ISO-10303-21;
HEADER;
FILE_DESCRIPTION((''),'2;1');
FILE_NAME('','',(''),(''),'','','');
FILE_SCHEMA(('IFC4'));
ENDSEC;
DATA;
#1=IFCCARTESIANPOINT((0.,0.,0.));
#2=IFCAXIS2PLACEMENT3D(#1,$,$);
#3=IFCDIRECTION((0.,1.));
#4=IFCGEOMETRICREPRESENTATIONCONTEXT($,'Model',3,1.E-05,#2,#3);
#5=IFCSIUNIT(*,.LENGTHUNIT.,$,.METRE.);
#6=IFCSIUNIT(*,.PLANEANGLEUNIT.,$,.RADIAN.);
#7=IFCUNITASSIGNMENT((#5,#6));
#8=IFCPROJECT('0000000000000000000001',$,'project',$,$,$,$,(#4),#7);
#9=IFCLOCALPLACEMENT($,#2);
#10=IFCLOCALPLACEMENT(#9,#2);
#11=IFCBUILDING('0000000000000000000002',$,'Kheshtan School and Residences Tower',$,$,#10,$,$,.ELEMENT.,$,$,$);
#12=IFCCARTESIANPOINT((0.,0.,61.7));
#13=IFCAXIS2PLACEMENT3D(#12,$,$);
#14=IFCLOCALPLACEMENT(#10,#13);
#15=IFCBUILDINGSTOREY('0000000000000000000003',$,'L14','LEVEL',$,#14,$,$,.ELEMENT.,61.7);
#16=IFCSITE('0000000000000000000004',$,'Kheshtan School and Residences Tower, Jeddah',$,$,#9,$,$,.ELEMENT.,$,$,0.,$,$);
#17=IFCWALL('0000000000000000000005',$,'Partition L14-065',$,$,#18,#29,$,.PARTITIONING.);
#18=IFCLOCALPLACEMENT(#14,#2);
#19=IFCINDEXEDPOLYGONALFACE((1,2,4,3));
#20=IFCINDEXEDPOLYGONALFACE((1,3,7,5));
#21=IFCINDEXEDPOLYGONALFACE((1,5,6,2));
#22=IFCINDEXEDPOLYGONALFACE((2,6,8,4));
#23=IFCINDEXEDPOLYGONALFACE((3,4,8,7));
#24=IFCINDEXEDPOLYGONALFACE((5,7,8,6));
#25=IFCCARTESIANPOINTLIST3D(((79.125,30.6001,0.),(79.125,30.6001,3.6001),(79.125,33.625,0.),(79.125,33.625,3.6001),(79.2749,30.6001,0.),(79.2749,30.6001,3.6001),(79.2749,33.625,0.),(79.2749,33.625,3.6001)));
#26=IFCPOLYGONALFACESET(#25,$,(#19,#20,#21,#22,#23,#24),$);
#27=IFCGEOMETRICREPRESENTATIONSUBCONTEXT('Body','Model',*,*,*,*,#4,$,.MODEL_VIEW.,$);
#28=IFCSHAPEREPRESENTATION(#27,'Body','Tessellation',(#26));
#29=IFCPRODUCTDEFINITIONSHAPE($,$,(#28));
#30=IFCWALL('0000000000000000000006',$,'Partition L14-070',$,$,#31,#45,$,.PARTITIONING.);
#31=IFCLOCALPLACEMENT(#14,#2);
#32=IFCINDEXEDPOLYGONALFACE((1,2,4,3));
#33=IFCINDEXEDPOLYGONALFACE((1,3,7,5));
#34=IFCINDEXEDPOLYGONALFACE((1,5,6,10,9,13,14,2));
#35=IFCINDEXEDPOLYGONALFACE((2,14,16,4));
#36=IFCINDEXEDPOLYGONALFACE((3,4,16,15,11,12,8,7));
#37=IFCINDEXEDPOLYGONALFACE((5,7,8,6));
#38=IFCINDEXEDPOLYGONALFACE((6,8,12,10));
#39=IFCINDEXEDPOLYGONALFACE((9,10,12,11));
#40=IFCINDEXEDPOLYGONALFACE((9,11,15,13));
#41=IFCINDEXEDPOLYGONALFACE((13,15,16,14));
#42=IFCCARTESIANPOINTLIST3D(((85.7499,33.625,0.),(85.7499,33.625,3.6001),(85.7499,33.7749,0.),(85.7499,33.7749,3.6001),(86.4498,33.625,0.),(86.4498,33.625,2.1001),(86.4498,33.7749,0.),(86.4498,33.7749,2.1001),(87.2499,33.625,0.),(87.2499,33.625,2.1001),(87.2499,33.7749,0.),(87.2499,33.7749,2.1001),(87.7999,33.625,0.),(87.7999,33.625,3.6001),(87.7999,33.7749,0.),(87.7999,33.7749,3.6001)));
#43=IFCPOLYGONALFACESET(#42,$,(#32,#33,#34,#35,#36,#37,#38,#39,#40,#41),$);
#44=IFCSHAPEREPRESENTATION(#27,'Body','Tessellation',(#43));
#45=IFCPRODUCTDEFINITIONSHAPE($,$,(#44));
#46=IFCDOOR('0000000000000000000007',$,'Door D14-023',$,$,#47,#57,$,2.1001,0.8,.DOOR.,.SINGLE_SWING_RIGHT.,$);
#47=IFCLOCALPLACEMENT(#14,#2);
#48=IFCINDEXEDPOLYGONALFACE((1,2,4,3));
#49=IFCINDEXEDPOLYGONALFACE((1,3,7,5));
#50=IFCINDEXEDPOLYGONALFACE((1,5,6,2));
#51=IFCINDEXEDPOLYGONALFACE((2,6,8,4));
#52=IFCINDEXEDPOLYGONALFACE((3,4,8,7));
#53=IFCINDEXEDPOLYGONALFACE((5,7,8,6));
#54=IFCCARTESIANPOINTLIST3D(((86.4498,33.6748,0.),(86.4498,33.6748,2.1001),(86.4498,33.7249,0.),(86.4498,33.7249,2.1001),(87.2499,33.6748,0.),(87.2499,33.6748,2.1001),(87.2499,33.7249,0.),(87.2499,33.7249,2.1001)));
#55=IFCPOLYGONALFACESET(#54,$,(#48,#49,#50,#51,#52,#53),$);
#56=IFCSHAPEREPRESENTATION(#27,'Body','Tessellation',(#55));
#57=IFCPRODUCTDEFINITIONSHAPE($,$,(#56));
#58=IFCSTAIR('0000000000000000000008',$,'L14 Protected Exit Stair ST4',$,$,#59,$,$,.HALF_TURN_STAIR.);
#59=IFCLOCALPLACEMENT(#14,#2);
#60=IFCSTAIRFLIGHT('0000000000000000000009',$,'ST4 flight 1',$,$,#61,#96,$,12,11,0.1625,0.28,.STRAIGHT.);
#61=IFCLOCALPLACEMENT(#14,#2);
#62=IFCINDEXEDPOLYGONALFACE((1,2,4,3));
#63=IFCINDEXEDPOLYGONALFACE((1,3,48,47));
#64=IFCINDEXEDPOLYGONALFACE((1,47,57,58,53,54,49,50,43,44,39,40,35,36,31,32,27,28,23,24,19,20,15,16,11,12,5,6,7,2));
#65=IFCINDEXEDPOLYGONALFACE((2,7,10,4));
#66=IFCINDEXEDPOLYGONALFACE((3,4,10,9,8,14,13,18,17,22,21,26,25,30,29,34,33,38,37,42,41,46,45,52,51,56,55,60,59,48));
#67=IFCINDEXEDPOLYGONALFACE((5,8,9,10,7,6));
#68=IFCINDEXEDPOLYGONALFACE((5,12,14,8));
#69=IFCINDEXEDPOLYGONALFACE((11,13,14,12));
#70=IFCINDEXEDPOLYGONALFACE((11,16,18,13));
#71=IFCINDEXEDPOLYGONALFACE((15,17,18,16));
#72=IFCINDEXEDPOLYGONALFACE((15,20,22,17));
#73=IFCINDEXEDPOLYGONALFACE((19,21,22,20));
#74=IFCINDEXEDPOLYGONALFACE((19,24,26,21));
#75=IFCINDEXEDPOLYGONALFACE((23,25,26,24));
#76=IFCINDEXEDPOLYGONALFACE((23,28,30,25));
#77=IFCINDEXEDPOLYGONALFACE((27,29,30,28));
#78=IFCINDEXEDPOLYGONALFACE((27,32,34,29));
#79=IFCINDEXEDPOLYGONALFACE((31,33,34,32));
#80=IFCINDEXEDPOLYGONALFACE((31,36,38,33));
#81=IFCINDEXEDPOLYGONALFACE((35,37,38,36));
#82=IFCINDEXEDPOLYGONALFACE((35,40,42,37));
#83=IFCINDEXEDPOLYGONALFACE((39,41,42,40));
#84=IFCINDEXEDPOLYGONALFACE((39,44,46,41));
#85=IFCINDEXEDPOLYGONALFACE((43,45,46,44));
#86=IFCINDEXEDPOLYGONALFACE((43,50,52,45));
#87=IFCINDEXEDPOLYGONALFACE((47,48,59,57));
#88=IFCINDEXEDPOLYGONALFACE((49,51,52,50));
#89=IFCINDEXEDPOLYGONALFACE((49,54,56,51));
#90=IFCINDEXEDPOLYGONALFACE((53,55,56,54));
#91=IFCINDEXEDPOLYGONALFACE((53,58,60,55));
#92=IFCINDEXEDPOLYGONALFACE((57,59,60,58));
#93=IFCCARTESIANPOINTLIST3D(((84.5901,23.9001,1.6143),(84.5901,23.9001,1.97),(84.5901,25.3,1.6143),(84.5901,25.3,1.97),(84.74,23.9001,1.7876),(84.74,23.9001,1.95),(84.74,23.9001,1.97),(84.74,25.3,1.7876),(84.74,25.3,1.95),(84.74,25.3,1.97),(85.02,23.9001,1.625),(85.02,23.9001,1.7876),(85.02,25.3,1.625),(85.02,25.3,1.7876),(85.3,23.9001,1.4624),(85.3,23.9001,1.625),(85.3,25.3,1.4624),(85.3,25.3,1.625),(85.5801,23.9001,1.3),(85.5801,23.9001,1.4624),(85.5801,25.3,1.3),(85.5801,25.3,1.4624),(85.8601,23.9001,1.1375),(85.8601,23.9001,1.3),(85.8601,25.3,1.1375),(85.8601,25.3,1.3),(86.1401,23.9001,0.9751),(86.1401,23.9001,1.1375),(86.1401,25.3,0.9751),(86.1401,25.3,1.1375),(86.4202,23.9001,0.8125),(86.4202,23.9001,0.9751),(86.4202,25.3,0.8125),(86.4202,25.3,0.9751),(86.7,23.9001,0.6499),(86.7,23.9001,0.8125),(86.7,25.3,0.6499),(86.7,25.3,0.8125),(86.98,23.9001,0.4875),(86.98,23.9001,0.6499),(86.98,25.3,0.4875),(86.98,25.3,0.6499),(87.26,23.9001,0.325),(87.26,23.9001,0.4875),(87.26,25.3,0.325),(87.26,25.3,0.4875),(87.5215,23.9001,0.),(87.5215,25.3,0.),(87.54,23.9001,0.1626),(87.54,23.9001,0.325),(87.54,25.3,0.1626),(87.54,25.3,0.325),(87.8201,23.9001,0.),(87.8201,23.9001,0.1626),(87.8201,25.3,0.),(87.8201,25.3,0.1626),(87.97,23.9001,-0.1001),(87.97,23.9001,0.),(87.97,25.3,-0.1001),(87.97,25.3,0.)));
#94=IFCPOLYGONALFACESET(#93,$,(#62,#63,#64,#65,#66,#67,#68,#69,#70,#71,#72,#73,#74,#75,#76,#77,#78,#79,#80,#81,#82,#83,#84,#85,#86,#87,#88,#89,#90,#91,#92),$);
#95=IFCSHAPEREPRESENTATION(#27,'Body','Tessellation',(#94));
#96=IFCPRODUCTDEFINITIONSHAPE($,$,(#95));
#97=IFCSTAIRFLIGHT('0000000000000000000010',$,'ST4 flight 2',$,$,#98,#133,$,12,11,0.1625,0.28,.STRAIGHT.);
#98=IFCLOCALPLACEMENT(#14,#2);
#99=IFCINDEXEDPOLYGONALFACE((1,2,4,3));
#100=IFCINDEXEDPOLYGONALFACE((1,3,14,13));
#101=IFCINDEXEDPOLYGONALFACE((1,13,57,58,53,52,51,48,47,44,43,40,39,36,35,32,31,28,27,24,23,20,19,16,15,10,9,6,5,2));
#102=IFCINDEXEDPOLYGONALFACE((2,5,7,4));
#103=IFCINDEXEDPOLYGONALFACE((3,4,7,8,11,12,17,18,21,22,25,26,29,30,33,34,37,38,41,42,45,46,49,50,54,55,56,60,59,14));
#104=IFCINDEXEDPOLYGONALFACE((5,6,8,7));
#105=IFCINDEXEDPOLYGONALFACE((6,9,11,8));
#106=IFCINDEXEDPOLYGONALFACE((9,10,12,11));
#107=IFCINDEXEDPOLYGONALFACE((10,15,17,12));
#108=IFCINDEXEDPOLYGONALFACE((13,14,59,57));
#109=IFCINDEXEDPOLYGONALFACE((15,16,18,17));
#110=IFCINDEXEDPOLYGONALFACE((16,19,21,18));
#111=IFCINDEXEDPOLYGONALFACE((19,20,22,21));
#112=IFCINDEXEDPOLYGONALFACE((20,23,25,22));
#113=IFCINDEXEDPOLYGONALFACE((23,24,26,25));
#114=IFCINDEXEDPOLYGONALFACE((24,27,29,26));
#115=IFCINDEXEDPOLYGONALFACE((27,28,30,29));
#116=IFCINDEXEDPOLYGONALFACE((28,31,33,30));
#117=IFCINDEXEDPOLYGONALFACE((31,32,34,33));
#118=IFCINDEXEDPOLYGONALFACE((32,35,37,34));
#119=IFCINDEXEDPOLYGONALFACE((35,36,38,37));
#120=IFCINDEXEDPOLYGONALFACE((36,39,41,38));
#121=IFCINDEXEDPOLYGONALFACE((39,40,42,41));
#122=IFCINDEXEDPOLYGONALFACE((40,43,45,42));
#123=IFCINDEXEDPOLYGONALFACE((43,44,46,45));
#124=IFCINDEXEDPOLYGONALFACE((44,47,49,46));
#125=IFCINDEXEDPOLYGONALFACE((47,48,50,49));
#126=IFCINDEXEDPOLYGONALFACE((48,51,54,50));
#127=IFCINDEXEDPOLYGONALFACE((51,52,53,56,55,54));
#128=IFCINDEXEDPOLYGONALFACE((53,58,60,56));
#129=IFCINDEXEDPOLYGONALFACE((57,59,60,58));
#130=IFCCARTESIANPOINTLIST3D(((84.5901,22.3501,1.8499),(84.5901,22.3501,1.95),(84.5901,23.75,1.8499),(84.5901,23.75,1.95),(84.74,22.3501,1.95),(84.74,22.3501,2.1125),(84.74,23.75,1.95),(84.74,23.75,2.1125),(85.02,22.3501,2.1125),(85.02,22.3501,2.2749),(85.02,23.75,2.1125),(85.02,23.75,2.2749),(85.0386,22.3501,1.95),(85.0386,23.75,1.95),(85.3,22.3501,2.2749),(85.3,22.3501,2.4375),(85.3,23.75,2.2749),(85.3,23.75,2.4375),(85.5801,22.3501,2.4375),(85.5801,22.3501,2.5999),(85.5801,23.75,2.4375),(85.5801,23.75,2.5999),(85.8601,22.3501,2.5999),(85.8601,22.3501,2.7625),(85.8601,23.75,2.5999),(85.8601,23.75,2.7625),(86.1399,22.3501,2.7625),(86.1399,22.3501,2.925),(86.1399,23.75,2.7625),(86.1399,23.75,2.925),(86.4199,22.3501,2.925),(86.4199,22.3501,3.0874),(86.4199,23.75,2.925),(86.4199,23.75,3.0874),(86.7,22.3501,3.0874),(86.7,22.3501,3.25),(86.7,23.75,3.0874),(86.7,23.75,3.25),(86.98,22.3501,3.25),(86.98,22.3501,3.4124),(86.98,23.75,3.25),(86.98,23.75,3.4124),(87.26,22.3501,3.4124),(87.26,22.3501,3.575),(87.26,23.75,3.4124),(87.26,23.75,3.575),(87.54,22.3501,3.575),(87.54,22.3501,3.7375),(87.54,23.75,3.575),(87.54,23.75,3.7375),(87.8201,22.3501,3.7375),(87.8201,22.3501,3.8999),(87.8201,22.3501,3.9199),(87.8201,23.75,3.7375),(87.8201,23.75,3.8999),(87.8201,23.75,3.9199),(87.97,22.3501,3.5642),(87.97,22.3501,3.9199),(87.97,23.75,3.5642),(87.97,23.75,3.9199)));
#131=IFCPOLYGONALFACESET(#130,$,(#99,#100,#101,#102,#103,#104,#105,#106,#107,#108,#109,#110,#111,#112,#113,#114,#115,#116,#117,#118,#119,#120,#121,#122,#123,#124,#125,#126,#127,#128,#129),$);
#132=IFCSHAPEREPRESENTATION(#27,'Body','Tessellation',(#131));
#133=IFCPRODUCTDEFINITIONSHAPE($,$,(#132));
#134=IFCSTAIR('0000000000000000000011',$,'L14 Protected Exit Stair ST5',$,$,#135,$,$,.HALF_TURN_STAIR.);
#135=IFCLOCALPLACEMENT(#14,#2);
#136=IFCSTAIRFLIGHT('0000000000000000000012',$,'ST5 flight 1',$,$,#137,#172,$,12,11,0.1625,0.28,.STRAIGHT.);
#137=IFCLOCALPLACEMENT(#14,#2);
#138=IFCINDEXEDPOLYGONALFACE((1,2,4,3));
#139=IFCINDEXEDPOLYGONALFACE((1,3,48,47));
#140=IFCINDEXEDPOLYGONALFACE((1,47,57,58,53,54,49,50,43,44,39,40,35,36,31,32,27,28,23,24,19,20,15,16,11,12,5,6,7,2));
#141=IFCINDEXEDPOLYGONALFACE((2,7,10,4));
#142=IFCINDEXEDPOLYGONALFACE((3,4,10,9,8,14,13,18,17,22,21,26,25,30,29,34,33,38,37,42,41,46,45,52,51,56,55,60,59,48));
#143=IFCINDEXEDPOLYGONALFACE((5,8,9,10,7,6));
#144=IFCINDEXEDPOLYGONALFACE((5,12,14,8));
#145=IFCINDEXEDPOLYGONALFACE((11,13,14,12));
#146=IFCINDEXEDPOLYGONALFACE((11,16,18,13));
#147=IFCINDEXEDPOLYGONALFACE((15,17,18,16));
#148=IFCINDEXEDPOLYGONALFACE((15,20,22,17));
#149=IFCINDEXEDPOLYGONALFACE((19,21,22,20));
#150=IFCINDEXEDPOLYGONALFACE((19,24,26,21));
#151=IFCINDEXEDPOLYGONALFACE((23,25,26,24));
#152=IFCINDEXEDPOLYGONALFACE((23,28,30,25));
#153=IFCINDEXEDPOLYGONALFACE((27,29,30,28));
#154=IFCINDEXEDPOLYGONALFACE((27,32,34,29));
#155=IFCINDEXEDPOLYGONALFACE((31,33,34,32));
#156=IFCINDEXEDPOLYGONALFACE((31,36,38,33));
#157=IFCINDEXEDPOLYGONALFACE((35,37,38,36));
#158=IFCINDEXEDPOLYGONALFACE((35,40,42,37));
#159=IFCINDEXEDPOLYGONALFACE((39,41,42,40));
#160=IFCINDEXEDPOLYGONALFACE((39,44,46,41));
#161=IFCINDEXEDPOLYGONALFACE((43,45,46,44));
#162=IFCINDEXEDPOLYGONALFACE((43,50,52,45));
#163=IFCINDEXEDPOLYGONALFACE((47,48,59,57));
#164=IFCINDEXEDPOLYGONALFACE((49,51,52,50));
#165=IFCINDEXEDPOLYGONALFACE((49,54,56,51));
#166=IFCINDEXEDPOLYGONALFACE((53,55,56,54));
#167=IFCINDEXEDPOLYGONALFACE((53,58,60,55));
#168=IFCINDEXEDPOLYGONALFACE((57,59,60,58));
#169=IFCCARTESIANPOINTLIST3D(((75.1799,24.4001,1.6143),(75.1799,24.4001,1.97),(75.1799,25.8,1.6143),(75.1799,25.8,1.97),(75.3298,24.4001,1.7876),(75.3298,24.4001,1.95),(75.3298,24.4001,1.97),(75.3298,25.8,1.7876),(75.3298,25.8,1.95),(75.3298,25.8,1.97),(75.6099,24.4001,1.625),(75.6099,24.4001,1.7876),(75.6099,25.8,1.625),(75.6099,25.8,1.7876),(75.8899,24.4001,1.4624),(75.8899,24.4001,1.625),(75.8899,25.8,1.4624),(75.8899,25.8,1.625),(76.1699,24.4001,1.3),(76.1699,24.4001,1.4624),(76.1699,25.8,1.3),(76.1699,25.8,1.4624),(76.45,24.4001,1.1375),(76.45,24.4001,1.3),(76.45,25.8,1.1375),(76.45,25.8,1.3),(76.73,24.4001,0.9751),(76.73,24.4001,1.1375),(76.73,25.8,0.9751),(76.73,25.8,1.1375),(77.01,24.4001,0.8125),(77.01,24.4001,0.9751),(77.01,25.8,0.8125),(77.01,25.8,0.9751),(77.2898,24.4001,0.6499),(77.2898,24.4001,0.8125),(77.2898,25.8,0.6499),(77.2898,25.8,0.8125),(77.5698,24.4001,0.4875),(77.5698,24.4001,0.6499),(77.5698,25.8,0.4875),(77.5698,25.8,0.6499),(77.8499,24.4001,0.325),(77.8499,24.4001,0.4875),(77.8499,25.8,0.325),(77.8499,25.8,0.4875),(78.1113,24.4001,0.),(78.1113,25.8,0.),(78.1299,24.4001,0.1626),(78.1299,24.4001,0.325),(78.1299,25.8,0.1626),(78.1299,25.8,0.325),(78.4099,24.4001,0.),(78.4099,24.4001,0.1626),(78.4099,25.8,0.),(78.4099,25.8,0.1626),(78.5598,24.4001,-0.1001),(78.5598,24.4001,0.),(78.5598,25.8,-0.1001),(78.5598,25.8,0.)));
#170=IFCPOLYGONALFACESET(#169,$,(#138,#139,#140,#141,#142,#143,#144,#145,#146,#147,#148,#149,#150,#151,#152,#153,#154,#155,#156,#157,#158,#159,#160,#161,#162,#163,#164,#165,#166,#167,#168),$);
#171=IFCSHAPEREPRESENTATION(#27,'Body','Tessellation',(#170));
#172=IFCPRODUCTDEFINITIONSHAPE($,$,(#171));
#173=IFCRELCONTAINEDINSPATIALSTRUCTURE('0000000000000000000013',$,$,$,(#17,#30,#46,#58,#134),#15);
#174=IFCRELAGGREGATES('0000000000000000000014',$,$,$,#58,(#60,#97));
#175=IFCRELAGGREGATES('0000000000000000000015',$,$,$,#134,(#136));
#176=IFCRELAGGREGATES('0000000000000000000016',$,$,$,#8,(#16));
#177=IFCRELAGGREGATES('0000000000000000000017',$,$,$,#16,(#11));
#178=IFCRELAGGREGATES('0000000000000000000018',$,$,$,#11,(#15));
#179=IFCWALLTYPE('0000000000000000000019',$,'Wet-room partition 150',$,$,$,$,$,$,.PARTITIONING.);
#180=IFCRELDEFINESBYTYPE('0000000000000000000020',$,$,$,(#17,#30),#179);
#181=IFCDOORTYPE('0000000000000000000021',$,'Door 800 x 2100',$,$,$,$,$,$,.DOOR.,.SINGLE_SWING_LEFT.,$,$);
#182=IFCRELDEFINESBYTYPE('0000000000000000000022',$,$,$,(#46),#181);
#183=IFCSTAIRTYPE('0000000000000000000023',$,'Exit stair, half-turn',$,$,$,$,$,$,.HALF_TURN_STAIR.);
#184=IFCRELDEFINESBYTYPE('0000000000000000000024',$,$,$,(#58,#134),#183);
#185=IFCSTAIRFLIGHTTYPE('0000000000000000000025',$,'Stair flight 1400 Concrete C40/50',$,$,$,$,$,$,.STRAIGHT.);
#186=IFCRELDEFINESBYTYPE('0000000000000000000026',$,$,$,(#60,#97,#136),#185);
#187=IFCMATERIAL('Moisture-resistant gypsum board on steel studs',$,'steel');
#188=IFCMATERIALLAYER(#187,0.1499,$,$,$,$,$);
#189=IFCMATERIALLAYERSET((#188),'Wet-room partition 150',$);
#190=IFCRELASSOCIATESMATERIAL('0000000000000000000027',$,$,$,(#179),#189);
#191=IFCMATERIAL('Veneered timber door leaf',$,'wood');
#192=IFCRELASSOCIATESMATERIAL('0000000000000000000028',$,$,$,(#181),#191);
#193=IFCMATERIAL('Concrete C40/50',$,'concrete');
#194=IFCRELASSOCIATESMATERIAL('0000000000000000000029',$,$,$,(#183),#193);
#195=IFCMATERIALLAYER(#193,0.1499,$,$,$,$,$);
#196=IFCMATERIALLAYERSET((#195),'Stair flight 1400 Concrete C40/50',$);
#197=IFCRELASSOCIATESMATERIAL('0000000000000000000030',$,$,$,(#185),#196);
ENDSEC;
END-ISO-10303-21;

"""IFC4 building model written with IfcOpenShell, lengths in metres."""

from ifc_helpers import new_model, si_unit, direction, frame, frame_2d, origin, place, context, subcontext, project, spatial, polyline, rectangle, outline, extrude, source, transform, mapped, material, layer, layer_set, type_object, element, fill, aggregate, save


model = new_model("IFC4")

# Units and contexts
model_context = context("Model", 3, precision=1e-05, world=origin(), true_north=direction((0.0, 1.0)))
body_context = subcontext(model_context, "Body", "Model", "MODEL_VIEW")
ifc_project = project(units=[si_unit("LENGTHUNIT", "METRE"), si_unit("PLANEANGLEUNIT", "RADIAN")], contexts=[model_context])

# Site, building, storey
site_placement = place(None, origin())
site = spatial("IfcSite", under=ifc_project, at=site_placement, Name="Kheshtan School and Residences Tower, Jeddah", CompositionType="ELEMENT", RefElevation=0.0)
building_placement = place(site_placement, origin())
building = spatial("IfcBuilding", under=site, at=building_placement, Name="Kheshtan School and Residences Tower", CompositionType="ELEMENT")
storey_placement = place(building_placement, frame((0.0, 0.0, 61.7)))
storey = spatial("IfcBuildingStorey", under=building, at=storey_placement, Name="L14", Description="LEVEL", CompositionType="ELEMENT", Elevation=61.7)

# Shared definitions
ifc_material_1 = material(Name="Concrete C40/50", Category="concrete")

# Wall
ifc_material_2 = material(Name="Moisture-resistant gypsum board on steel studs", Category="steel")
ifc_layer_1 = layer(ifc_material_2, 0.1499)
ifc_layer_set_1 = layer_set([ifc_layer_1], Name="Wet-room partition 150")
wall_type_1 = type_object("IfcWallType", Name="Wet-room partition 150", PredefinedType="PARTITIONING", material=ifc_layer_set_1)
wall_1_placement = place(storey_placement, frame((79.2, 30.6001, 0.0), z_axis=(0.0, 0.0, 1.0), x_axis=(0.0, 1.0, 0.0)))
element("IfcWall", 1, at=wall_1_placement, inside=storey, type_object=wall_type_1, Name="Partition L14-065", PredefinedType="PARTITIONING", context=body_context, shape_type="SweptSolid", body=[
    extrude(rectangle(XDim=3.0249, YDim=0.1499, at=frame_2d((1.5125, 0.0))), origin(), (0.0, 0.0, 1.0), 3.6001),
])

# Wall, opening, door
wall_2_placement = place(storey_placement, frame((85.75, 33.7, 0.0), z_axis=(0.0, 0.0, 1.0), x_axis=(1.0, 0.0, 0.0)))
wall_2 = element("IfcWall", 2, at=wall_2_placement, inside=storey, type_object=wall_type_1, Name="Partition L14-070", PredefinedType="PARTITIONING", context=body_context, shape_type="SweptSolid", body=[
    extrude(rectangle(XDim=2.05, YDim=0.1499, at=frame_2d((1.0249, 0.0))), origin(), (0.0, 0.0, 1.0), 3.6001),
])
opening_1_placement = place(wall_2_placement, frame((0.7, 0.0, 0.0)))
opening_1 = element("IfcOpeningElement", 3, at=opening_1_placement, cuts=wall_2, PredefinedType="OPENING", context=body_context, shape_type="SweptSolid", body=[
    extrude(rectangle(XDim=0.8, YDim=2.1001, at=frame_2d((0.3999, 1.05))), frame((0.0, 0.085, 0.0), z_axis=(0.0, -1.0, 0.0), x_axis=(1.0, 0.0, 0.0)), (0.0, 0.0, 1.0), 0.1699),
])
ifc_material_3 = material(Name="Veneered timber door leaf", Category="wood")
door_type_1 = type_object("IfcDoorType", Name="Door 800 x 2100", OperationType="SINGLE_SWING_LEFT", PredefinedType="DOOR", material=ifc_material_3)
shared_shape_1 = source(origin(), body_context, "Body", "SweptSolid", [
    extrude(rectangle(XDim=0.8, YDim=2.1001, at=frame_2d((0.3999, 1.05))), frame((0.0, 0.0249, 0.0), z_axis=(0.0, -1.0, 0.0), x_axis=(1.0, 0.0, 0.0)), (0.0, 0.0, 1.0), 0.05),
])
door_1_placement = place(opening_1_placement, origin())
door_1 = element("IfcDoor", 4, at=door_1_placement, inside=storey, type_object=door_type_1, Name="Door D14-023", OperationType="SINGLE_SWING_RIGHT", OverallHeight=2.1001, OverallWidth=0.8, PredefinedType="DOOR", context=body_context, shape_type="MappedRepresentation", body=[
    mapped(shared_shape_1, transform((0.0, 0.0, 0.0), x_axis=(1.0, 0.0, 0.0), y_axis=(0.0, 1.0, 0.0), z_axis=(0.0, 0.0, 1.0), scale=1.0)),
])
fill(opening_1, door_1)

# Stair, stair flights
stair_type = type_object("IfcStairType", Name="Exit stair, half-turn", PredefinedType="HALF_TURN_STAIR", material=ifc_material_1)
stair_1_placement = place(storey_placement, origin())
stair_1 = element("IfcStair", 5, at=stair_1_placement, inside=storey, type_object=stair_type, Name="L14 Protected Exit Stair ST4", PredefinedType="HALF_TURN_STAIR")
ifc_layer_2 = layer(ifc_material_1, 0.1499)
ifc_layer_set_2 = layer_set([ifc_layer_2], Name="Stair flight 1400 Concrete C40/50")
stair_flight_type = type_object("IfcStairFlightType", Name="Stair flight 1400 Concrete C40/50", PredefinedType="STRAIGHT", material=ifc_layer_set_2)
stair_flight_1_placement = place(storey_placement, frame((87.8201, 24.6001, 0.0), z_axis=(0.0, 0.0, 1.0), x_axis=(-1.0, 0.0, 0.0)))
stair_flight_1 = element("IfcStairFlight", 6, at=stair_flight_1_placement, type_object=stair_flight_type, Name="ST4 flight 1", NumberOfRisers=12, NumberOfTreads=11, PredefinedType="STRAIGHT", RiserHeight=0.1625, TreadLength=0.28, context=body_context, shape_type="SweptSolid", body=[
    extrude(outline(polyline([(-0.1499, -0.1001), (-0.1499, 0.0), (0.0, 0.0), (0.0, 0.1626), (0.28, 0.1626), (0.28, 0.325), (0.5601, 0.325), (0.5601, 0.4875), (0.8401, 0.4875), (0.8401, 0.6499), (1.1201, 0.6499), (1.1201, 0.8125), (1.3999, 0.8125), (1.3999, 0.9751), (1.6799, 0.9751), (1.6799, 1.1375), (1.96, 1.1375), (1.96, 1.3), (2.24, 1.3), (2.24, 1.4624), (2.52, 1.4624), (2.52, 1.625), (2.8, 1.625), (2.8, 1.7876), (3.0801, 1.7876), (3.0801, 1.95), (3.0801, 1.97), (3.23, 1.97), (3.23, 1.6143), (0.2986, 0.0), (-0.1499, -0.1001)])), frame((0.0, 0.7, 0.0), z_axis=(0.0, -1.0, 0.0), x_axis=(1.0, 0.0, 0.0)), (0.0, 0.0, 1.0), 1.3999),
])
stair_flight_2_placement = place(storey_placement, frame((84.74, 23.05, 1.95), z_axis=(0.0, 0.0, 1.0), x_axis=(1.0, 0.0, 0.0)))
stair_flight_2 = element("IfcStairFlight", 7, at=stair_flight_2_placement, type_object=stair_flight_type, Name="ST4 flight 2", NumberOfRisers=12, NumberOfTreads=11, PredefinedType="STRAIGHT", RiserHeight=0.1625, TreadLength=0.28, context=body_context, shape_type="SweptSolid", body=[
    extrude(outline(polyline([(-0.1499, -0.1001), (-0.1499, 0.0), (0.0, 0.0), (0.0, 0.1626), (0.28, 0.1626), (0.28, 0.325), (0.5601, 0.325), (0.5601, 0.4875), (0.8401, 0.4875), (0.8401, 0.6499), (1.1201, 0.6499), (1.1201, 0.8125), (1.3999, 0.8125), (1.3999, 0.9751), (1.6799, 0.9751), (1.6799, 1.1375), (1.96, 1.1375), (1.96, 1.3), (2.24, 1.3), (2.24, 1.4624), (2.52, 1.4624), (2.52, 1.625), (2.8, 1.625), (2.8, 1.7876), (3.0801, 1.7876), (3.0801, 1.95), (3.0801, 1.97), (3.23, 1.97), (3.23, 1.6143), (0.2986, 0.0), (-0.1499, -0.1001)])), frame((0.0, 0.7, 0.0), z_axis=(0.0, -1.0, 0.0), x_axis=(1.0, 0.0, 0.0)), (0.0, 0.0, 1.0), 1.3999),
])
aggregate(stair_1, [stair_flight_1, stair_flight_2])

# Stair, stair flight
stair_2_placement = place(storey_placement, origin())
stair_2 = element("IfcStair", 8, at=stair_2_placement, inside=storey, type_object=stair_type, Name="L14 Protected Exit Stair ST5", PredefinedType="HALF_TURN_STAIR")
stair_flight_3_placement = place(storey_placement, frame((78.4099, 25.1001, 0.0), z_axis=(0.0, 0.0, 1.0), x_axis=(-1.0, 0.0, 0.0)))
stair_flight_3 = element("IfcStairFlight", 9, at=stair_flight_3_placement, type_object=stair_flight_type, Name="ST5 flight 1", NumberOfRisers=12, NumberOfTreads=11, PredefinedType="STRAIGHT", RiserHeight=0.1625, TreadLength=0.28, context=body_context, shape_type="SweptSolid", body=[
    extrude(outline(polyline([(-0.1499, -0.1001), (-0.1499, 0.0), (0.0, 0.0), (0.0, 0.1626), (0.28, 0.1626), (0.28, 0.325), (0.5601, 0.325), (0.5601, 0.4875), (0.8401, 0.4875), (0.8401, 0.6499), (1.1201, 0.6499), (1.1201, 0.8125), (1.3999, 0.8125), (1.3999, 0.9751), (1.6799, 0.9751), (1.6799, 1.1375), (1.96, 1.1375), (1.96, 1.3), (2.24, 1.3), (2.24, 1.4624), (2.52, 1.4624), (2.52, 1.625), (2.8, 1.625), (2.8, 1.7876), (3.0801, 1.7876), (3.0801, 1.95), (3.0801, 1.97), (3.23, 1.97), (3.23, 1.6143), (0.2986, 0.0), (-0.1499, -0.1001)])), frame((0.0, 0.7, 0.0), z_axis=(0.0, -1.0, 0.0), x_axis=(1.0, 0.0, 0.0)), (0.0, 0.0, 1.0), 1.3999),
])
aggregate(stair_2, [stair_flight_3])

save(model, "model.ifc")
